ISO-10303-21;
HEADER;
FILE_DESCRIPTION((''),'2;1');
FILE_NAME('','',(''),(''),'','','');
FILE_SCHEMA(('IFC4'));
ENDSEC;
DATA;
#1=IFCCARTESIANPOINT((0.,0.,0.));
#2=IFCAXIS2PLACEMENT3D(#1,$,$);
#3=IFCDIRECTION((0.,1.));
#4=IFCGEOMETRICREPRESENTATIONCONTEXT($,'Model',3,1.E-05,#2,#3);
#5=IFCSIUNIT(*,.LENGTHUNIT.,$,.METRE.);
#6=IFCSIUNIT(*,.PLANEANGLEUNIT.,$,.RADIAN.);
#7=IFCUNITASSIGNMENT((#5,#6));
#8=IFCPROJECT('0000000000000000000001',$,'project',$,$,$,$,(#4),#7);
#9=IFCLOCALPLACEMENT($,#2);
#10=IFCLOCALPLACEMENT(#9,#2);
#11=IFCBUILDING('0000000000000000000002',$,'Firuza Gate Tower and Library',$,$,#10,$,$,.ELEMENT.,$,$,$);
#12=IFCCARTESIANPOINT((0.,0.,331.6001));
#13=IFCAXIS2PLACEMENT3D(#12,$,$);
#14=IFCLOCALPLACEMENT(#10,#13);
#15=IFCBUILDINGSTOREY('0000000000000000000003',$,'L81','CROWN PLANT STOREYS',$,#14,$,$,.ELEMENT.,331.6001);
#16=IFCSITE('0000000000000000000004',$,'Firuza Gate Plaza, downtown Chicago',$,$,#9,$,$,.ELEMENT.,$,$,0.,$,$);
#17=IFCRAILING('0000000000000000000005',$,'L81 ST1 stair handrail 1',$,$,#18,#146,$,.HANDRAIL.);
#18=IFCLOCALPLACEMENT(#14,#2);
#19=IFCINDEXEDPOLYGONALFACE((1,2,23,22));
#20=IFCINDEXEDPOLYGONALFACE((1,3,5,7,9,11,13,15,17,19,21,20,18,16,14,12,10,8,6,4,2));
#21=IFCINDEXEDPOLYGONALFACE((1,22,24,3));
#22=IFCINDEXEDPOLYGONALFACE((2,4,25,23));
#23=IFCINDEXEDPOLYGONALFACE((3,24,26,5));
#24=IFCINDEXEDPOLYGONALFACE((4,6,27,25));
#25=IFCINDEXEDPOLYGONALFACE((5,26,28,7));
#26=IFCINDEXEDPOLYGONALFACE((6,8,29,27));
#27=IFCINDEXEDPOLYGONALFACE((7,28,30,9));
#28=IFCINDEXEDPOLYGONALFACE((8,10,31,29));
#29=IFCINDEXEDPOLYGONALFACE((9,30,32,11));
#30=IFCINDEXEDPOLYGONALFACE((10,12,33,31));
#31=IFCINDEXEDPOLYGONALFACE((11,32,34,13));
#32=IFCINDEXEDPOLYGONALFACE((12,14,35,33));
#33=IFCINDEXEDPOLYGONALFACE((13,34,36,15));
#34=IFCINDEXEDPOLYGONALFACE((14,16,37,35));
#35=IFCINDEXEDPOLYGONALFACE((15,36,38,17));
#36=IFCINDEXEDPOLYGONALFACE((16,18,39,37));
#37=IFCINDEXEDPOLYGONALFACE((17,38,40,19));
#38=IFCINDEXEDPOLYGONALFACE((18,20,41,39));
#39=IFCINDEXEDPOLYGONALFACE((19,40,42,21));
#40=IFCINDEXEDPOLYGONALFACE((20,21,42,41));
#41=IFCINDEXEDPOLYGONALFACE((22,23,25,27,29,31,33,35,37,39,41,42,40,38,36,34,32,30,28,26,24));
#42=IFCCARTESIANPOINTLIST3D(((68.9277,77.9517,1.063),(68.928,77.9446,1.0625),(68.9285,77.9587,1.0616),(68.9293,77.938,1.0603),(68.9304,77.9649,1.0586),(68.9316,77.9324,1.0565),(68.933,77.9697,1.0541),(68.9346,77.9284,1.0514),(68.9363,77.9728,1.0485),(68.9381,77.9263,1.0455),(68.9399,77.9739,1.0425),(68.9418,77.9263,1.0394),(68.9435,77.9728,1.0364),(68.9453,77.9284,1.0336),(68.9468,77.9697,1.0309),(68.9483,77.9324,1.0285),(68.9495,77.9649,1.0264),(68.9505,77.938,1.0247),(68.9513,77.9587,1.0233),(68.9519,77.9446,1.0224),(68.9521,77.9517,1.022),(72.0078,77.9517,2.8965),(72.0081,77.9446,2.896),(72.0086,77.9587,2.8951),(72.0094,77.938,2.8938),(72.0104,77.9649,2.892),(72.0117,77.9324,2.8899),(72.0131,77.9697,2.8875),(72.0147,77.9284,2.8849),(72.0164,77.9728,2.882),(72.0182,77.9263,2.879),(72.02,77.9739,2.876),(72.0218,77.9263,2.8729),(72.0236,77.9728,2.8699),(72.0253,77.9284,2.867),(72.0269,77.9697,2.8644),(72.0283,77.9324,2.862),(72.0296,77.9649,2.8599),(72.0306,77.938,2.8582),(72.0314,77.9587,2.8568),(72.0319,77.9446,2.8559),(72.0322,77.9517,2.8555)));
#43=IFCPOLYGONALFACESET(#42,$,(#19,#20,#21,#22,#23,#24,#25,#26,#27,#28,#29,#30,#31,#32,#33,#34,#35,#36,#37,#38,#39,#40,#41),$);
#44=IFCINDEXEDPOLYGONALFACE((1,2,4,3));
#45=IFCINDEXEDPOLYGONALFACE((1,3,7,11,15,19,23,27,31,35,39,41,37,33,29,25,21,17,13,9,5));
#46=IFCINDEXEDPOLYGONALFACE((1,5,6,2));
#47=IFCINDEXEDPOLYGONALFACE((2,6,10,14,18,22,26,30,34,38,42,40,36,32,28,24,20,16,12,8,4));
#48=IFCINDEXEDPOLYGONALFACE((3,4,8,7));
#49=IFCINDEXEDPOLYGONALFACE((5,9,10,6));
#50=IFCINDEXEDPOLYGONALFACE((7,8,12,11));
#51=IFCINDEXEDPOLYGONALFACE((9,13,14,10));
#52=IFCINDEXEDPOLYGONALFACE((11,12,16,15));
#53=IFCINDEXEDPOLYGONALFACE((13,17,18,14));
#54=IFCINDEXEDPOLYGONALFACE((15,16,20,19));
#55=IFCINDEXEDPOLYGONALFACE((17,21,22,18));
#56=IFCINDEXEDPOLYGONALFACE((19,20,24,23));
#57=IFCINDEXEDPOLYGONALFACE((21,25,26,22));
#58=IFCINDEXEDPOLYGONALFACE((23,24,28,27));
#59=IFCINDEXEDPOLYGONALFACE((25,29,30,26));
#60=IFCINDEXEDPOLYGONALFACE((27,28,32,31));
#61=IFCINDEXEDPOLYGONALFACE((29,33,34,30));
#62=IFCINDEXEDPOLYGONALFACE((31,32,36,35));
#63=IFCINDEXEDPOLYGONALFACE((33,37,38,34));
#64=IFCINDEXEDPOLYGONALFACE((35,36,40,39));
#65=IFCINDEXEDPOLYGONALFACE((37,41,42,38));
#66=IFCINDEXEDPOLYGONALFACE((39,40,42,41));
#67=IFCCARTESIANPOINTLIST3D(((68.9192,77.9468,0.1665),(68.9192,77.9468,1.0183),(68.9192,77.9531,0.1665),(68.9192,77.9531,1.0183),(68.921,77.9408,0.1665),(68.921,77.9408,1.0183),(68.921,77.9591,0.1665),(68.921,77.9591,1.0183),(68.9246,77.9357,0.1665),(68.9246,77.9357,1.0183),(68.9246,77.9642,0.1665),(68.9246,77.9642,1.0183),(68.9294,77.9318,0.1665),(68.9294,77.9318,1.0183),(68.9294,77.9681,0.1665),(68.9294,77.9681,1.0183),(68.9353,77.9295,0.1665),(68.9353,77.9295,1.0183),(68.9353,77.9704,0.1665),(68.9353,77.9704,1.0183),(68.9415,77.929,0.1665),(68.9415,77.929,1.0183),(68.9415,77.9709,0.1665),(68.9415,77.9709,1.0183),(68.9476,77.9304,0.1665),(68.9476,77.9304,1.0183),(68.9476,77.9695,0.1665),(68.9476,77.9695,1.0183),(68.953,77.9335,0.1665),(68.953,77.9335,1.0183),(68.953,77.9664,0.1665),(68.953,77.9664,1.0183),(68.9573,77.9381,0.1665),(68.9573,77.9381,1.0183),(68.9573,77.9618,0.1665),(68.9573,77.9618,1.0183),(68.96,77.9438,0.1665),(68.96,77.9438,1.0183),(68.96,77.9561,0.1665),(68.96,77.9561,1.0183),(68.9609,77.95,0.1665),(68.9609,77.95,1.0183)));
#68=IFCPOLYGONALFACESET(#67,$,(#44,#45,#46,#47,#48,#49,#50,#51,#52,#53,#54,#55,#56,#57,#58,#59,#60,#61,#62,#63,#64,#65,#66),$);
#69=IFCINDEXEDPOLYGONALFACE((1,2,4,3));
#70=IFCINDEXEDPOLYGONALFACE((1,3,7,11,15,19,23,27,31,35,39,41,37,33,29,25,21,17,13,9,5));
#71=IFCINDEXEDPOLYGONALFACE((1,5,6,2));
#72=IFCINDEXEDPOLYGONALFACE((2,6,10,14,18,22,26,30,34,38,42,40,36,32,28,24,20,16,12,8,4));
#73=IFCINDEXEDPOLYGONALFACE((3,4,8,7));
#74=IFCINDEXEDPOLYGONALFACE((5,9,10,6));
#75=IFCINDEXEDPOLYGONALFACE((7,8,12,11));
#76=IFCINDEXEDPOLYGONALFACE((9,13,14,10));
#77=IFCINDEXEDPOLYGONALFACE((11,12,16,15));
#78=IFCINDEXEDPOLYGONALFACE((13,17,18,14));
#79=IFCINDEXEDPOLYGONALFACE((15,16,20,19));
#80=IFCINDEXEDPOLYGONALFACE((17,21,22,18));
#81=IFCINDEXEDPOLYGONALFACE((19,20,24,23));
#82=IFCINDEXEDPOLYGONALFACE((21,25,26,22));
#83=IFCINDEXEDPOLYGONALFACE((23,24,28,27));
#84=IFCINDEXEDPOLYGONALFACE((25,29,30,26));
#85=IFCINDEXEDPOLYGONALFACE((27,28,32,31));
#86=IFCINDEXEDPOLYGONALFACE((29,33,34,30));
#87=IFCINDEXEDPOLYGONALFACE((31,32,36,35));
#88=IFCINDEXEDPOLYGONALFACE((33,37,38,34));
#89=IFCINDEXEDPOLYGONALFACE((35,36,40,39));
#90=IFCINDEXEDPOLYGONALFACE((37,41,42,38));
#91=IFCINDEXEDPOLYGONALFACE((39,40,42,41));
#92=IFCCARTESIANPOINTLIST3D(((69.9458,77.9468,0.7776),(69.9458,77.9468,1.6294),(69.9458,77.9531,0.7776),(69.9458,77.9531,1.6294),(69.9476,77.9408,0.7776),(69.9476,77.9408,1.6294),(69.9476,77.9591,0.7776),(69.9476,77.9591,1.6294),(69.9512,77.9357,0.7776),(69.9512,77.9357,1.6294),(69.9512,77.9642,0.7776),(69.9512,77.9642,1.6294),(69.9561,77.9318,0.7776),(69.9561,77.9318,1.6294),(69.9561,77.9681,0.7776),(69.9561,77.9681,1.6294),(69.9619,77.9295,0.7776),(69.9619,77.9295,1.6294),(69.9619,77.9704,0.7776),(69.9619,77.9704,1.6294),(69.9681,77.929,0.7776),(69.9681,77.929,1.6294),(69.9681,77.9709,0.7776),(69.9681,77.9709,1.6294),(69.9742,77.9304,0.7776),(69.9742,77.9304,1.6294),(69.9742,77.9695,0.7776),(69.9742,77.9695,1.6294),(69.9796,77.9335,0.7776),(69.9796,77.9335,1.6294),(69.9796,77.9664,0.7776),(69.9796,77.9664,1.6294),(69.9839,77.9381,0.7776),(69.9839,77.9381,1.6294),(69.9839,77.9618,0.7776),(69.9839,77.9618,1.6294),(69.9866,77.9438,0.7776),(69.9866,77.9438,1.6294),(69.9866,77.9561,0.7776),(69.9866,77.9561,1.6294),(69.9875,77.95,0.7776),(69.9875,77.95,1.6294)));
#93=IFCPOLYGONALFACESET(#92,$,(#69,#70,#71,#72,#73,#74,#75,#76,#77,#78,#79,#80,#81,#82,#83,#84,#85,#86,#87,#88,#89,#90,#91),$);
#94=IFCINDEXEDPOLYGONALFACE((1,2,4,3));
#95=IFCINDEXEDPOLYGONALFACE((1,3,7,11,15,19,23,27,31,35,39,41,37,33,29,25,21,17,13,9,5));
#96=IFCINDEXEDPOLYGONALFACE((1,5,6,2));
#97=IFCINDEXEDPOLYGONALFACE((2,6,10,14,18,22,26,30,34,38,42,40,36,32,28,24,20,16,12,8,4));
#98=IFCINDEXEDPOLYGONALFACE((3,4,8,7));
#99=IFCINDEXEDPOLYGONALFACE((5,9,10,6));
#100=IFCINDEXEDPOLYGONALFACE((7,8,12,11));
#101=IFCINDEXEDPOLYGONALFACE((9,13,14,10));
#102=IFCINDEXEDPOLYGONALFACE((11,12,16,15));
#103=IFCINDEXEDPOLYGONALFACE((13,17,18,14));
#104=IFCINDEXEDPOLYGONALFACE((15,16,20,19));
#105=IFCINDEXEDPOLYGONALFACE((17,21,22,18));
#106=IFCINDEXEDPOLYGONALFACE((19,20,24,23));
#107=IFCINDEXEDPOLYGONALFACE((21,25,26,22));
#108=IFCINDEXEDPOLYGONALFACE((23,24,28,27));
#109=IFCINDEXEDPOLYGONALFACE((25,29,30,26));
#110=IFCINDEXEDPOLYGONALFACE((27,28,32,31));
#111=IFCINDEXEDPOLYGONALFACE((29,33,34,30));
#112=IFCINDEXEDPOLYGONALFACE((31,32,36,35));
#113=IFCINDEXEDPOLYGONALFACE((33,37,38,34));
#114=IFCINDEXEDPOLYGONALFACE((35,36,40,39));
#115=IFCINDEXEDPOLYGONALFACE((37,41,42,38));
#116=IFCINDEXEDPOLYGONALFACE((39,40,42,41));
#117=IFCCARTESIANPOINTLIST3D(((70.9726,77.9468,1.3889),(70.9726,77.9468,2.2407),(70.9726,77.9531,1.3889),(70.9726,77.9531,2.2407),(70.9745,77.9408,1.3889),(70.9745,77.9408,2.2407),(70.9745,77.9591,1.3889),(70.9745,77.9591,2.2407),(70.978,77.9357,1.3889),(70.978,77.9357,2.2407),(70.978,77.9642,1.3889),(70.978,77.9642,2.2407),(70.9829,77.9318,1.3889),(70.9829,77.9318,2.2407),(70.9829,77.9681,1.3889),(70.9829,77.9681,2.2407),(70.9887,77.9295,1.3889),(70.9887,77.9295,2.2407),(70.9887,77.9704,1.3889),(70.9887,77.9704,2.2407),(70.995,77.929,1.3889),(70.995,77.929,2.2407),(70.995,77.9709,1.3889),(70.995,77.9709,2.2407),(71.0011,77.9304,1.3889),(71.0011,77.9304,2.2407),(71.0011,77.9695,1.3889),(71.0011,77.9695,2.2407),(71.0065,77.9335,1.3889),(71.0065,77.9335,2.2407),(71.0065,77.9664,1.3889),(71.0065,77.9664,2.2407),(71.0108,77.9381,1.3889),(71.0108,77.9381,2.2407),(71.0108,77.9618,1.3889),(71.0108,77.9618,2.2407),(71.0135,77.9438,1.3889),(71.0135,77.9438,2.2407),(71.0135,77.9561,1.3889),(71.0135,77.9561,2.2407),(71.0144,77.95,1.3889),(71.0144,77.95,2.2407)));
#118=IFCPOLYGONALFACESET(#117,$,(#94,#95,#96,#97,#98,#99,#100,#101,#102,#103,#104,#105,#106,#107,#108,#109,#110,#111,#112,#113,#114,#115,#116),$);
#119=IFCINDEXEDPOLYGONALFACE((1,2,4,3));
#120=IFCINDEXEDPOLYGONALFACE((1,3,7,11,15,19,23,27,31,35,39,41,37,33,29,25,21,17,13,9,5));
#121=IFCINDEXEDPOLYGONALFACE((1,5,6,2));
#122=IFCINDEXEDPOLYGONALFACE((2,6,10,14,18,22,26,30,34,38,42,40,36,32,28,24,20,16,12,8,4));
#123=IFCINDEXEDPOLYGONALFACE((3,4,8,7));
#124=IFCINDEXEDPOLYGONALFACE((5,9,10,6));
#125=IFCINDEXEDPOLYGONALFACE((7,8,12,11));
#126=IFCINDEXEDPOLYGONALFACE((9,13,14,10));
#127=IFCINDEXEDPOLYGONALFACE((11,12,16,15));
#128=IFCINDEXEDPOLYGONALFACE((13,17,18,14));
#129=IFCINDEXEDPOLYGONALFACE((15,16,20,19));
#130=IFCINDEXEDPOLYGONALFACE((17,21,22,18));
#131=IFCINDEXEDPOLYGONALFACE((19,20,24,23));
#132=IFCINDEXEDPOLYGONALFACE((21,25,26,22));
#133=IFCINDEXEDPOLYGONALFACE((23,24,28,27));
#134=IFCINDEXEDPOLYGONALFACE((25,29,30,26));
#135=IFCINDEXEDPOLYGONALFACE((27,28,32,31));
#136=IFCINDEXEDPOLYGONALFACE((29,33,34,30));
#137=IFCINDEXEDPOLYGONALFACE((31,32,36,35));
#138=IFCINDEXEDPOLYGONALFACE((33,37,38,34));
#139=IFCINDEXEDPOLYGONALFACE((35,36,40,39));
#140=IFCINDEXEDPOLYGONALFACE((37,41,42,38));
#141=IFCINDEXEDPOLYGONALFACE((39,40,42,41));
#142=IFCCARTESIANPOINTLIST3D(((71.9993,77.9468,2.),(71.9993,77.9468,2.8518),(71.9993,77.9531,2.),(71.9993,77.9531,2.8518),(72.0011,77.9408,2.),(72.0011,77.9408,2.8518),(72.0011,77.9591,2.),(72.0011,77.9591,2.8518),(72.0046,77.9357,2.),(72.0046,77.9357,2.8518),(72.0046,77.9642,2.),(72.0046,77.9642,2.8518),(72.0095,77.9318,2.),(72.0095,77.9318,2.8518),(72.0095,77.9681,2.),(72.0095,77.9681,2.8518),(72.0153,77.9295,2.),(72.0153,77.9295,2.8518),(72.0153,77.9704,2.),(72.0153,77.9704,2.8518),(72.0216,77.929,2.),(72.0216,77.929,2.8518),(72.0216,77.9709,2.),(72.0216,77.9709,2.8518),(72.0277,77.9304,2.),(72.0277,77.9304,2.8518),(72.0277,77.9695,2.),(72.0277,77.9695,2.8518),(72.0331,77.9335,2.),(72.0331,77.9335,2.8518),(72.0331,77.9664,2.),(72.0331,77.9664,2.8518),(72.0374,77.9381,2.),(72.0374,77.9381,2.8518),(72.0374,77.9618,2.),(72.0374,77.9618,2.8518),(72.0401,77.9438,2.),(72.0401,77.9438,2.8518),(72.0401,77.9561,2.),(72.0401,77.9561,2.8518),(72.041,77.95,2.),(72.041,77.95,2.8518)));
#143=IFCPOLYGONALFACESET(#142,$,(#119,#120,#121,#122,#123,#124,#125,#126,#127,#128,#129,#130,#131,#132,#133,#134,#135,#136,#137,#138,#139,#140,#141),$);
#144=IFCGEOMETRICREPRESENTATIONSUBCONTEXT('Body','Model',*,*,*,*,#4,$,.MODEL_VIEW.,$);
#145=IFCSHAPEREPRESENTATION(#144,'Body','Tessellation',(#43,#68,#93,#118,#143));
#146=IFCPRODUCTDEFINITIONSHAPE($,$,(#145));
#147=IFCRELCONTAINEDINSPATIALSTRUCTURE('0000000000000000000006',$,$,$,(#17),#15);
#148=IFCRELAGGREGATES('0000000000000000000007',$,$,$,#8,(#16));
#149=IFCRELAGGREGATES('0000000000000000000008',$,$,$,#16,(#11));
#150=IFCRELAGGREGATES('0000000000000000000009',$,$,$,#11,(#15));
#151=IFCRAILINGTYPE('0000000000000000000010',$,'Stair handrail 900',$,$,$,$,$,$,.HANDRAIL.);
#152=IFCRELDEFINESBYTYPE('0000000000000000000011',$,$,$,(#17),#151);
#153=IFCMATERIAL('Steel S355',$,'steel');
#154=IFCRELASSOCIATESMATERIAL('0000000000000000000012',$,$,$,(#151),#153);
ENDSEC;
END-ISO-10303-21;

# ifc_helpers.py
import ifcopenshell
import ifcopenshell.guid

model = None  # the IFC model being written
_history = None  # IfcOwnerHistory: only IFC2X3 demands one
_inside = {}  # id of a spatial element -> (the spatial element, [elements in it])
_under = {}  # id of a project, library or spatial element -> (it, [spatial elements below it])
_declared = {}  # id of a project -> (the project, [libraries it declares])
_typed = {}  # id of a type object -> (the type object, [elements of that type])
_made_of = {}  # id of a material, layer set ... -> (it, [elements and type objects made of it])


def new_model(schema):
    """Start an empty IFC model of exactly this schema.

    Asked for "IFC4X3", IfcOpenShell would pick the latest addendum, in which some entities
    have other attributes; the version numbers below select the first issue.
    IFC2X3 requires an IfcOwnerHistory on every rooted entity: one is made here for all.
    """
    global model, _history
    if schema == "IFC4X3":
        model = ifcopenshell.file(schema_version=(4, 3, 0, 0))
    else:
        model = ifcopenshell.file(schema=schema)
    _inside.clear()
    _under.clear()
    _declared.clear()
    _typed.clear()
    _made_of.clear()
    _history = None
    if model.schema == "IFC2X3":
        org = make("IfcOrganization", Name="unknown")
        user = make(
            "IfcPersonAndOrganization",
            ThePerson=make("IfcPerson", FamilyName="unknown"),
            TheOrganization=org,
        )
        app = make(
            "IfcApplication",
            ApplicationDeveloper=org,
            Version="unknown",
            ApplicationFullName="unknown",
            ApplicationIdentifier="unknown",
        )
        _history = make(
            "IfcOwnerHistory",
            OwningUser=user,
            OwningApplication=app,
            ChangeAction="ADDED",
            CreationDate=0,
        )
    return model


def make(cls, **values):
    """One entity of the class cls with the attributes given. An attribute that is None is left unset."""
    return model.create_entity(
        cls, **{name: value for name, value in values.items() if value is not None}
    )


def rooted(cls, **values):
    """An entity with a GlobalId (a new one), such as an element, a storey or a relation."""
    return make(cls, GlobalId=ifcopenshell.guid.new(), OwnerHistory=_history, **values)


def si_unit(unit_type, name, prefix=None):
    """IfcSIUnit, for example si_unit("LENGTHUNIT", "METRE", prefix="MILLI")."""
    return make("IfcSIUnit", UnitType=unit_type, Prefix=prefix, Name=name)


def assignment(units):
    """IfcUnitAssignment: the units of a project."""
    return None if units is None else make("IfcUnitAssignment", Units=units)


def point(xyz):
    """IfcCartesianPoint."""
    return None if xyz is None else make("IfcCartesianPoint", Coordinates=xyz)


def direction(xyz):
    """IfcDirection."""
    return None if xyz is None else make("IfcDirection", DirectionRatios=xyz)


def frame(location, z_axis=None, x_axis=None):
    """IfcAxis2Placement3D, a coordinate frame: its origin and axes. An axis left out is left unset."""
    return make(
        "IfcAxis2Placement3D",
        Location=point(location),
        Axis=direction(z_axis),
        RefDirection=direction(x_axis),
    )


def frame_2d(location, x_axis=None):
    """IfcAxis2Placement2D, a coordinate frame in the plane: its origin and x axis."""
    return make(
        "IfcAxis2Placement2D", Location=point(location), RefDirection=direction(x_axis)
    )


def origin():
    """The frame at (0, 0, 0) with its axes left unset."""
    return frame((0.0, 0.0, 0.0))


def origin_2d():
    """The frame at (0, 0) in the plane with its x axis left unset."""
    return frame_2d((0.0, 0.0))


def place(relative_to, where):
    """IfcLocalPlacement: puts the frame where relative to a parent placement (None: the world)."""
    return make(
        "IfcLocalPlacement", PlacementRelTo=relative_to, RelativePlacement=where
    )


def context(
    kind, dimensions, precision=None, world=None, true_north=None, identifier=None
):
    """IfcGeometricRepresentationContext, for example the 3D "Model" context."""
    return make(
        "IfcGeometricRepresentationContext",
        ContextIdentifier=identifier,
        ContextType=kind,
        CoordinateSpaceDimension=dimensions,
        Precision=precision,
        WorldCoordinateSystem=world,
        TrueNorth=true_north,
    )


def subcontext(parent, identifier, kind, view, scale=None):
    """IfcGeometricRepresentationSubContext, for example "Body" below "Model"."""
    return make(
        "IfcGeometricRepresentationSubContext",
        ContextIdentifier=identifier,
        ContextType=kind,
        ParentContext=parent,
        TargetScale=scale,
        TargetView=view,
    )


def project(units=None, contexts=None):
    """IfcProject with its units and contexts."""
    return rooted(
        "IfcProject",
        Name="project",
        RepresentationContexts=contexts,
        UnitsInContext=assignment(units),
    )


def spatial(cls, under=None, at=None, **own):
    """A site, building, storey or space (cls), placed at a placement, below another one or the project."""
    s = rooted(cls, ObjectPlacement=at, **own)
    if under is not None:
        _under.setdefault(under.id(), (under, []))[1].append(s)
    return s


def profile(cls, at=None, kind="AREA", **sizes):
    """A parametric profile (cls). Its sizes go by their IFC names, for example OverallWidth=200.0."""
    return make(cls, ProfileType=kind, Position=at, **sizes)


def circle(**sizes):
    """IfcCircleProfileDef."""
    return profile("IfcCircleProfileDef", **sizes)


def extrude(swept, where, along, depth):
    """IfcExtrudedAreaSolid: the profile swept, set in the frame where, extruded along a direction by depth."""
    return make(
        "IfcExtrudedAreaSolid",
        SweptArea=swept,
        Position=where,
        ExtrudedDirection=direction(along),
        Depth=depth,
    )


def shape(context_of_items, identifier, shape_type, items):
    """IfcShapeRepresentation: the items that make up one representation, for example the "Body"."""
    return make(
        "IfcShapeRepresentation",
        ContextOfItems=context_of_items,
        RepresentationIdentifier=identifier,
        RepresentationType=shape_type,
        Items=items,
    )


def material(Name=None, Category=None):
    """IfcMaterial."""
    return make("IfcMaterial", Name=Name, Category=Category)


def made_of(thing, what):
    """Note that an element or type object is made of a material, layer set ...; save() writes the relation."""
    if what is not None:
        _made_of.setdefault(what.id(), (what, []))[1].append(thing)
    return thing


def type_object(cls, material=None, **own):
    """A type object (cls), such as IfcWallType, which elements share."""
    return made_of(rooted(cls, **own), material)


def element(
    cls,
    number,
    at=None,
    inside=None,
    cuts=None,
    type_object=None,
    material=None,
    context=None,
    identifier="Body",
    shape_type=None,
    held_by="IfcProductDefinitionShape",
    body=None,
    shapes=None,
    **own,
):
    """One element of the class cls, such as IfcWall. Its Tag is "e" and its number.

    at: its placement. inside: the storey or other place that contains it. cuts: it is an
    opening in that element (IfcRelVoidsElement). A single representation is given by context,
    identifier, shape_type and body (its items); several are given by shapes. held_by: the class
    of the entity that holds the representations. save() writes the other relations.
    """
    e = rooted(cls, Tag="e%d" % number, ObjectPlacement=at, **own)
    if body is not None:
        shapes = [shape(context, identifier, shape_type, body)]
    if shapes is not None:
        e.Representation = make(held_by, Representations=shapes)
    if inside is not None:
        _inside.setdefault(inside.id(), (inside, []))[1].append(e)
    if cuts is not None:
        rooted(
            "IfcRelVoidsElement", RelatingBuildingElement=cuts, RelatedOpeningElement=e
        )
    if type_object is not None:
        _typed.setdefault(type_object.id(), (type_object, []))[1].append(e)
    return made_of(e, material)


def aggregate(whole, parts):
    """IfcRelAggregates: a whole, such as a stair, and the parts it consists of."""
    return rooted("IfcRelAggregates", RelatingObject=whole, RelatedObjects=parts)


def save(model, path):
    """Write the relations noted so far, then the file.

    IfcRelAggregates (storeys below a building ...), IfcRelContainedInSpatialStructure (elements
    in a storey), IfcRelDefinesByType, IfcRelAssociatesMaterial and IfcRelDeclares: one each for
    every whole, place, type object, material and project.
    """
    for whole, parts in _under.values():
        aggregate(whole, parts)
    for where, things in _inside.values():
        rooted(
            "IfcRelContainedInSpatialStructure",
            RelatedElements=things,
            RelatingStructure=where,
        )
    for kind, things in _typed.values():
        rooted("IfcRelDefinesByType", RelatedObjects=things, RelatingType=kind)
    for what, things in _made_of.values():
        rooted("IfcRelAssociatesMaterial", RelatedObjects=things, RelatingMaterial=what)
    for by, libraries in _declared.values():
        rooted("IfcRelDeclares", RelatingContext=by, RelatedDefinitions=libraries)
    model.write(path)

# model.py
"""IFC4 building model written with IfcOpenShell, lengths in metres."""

from ifc_helpers import new_model, si_unit, direction, frame, origin, origin_2d, place, context, subcontext, project, spatial, circle, extrude, material, type_object, element, save


model = new_model("IFC4")

# Units and contexts
model_context = context("Model", 3, precision=1e-05, world=origin(), true_north=direction((0.0, 1.0)))
body_context = subcontext(model_context, "Body", "Model", "MODEL_VIEW")
ifc_project = project(units=[si_unit("LENGTHUNIT", "METRE"), si_unit("PLANEANGLEUNIT", "RADIAN")], contexts=[model_context])

# Site, building, storey
site_placement = place(None, origin())
site = spatial("IfcSite", under=ifc_project, at=site_placement, Name="Firuza Gate Plaza, downtown Chicago", CompositionType="ELEMENT", RefElevation=0.0)
building_placement = place(site_placement, origin())
building = spatial("IfcBuilding", under=site, at=building_placement, Name="Firuza Gate Tower and Library", CompositionType="ELEMENT")
storey_placement = place(building_placement, frame((0.0, 0.0, 331.6001)))
storey = spatial("IfcBuildingStorey", under=building, at=storey_placement, Name="L81", Description="CROWN PLANT STOREYS", CompositionType="ELEMENT", Elevation=331.6001)

# Railing
ifc_material_1 = material(Name="Steel S355", Category="steel")
railing_type_1 = type_object("IfcRailingType", Name="Stair handrail 900", PredefinedType="HANDRAIL", material=ifc_material_1)
railing_1_placement = place(storey_placement, frame((68.9399, 77.95, 0.1665)))
element("IfcRailing", 1, at=railing_1_placement, inside=storey, type_object=railing_type_1, Name="L81 ST1 stair handrail 1", PredefinedType="HANDRAIL", context=body_context, shape_type="SweptSolid", body=[
    extrude(circle(Radius=0.0239, at=origin_2d()), frame((0.0, 0.0, 0.876), z_axis=(0.859279, 0.0, 0.511508), x_axis=(0.0, 1.0, 0.0)), (0.0, 0.0, 1.0), 3.5845),
    extrude(circle(Radius=0.021, at=origin_2d()), origin(), (0.0, 0.0, 1.0), 0.8518),
    extrude(circle(Radius=0.021, at=origin_2d()), frame((1.0266, 0.0, 0.6111)), (0.0, 0.0, 1.0), 0.8518),
    extrude(circle(Radius=0.021, at=origin_2d()), frame((2.0535, 0.0, 1.2224)), (0.0, 0.0, 1.0), 0.8518),
    extrude(circle(Radius=0.021, at=origin_2d()), frame((3.0801, 0.0, 1.8335)), (0.0, 0.0, 1.0), 0.8518),
])

save(model, "model.ifc")
